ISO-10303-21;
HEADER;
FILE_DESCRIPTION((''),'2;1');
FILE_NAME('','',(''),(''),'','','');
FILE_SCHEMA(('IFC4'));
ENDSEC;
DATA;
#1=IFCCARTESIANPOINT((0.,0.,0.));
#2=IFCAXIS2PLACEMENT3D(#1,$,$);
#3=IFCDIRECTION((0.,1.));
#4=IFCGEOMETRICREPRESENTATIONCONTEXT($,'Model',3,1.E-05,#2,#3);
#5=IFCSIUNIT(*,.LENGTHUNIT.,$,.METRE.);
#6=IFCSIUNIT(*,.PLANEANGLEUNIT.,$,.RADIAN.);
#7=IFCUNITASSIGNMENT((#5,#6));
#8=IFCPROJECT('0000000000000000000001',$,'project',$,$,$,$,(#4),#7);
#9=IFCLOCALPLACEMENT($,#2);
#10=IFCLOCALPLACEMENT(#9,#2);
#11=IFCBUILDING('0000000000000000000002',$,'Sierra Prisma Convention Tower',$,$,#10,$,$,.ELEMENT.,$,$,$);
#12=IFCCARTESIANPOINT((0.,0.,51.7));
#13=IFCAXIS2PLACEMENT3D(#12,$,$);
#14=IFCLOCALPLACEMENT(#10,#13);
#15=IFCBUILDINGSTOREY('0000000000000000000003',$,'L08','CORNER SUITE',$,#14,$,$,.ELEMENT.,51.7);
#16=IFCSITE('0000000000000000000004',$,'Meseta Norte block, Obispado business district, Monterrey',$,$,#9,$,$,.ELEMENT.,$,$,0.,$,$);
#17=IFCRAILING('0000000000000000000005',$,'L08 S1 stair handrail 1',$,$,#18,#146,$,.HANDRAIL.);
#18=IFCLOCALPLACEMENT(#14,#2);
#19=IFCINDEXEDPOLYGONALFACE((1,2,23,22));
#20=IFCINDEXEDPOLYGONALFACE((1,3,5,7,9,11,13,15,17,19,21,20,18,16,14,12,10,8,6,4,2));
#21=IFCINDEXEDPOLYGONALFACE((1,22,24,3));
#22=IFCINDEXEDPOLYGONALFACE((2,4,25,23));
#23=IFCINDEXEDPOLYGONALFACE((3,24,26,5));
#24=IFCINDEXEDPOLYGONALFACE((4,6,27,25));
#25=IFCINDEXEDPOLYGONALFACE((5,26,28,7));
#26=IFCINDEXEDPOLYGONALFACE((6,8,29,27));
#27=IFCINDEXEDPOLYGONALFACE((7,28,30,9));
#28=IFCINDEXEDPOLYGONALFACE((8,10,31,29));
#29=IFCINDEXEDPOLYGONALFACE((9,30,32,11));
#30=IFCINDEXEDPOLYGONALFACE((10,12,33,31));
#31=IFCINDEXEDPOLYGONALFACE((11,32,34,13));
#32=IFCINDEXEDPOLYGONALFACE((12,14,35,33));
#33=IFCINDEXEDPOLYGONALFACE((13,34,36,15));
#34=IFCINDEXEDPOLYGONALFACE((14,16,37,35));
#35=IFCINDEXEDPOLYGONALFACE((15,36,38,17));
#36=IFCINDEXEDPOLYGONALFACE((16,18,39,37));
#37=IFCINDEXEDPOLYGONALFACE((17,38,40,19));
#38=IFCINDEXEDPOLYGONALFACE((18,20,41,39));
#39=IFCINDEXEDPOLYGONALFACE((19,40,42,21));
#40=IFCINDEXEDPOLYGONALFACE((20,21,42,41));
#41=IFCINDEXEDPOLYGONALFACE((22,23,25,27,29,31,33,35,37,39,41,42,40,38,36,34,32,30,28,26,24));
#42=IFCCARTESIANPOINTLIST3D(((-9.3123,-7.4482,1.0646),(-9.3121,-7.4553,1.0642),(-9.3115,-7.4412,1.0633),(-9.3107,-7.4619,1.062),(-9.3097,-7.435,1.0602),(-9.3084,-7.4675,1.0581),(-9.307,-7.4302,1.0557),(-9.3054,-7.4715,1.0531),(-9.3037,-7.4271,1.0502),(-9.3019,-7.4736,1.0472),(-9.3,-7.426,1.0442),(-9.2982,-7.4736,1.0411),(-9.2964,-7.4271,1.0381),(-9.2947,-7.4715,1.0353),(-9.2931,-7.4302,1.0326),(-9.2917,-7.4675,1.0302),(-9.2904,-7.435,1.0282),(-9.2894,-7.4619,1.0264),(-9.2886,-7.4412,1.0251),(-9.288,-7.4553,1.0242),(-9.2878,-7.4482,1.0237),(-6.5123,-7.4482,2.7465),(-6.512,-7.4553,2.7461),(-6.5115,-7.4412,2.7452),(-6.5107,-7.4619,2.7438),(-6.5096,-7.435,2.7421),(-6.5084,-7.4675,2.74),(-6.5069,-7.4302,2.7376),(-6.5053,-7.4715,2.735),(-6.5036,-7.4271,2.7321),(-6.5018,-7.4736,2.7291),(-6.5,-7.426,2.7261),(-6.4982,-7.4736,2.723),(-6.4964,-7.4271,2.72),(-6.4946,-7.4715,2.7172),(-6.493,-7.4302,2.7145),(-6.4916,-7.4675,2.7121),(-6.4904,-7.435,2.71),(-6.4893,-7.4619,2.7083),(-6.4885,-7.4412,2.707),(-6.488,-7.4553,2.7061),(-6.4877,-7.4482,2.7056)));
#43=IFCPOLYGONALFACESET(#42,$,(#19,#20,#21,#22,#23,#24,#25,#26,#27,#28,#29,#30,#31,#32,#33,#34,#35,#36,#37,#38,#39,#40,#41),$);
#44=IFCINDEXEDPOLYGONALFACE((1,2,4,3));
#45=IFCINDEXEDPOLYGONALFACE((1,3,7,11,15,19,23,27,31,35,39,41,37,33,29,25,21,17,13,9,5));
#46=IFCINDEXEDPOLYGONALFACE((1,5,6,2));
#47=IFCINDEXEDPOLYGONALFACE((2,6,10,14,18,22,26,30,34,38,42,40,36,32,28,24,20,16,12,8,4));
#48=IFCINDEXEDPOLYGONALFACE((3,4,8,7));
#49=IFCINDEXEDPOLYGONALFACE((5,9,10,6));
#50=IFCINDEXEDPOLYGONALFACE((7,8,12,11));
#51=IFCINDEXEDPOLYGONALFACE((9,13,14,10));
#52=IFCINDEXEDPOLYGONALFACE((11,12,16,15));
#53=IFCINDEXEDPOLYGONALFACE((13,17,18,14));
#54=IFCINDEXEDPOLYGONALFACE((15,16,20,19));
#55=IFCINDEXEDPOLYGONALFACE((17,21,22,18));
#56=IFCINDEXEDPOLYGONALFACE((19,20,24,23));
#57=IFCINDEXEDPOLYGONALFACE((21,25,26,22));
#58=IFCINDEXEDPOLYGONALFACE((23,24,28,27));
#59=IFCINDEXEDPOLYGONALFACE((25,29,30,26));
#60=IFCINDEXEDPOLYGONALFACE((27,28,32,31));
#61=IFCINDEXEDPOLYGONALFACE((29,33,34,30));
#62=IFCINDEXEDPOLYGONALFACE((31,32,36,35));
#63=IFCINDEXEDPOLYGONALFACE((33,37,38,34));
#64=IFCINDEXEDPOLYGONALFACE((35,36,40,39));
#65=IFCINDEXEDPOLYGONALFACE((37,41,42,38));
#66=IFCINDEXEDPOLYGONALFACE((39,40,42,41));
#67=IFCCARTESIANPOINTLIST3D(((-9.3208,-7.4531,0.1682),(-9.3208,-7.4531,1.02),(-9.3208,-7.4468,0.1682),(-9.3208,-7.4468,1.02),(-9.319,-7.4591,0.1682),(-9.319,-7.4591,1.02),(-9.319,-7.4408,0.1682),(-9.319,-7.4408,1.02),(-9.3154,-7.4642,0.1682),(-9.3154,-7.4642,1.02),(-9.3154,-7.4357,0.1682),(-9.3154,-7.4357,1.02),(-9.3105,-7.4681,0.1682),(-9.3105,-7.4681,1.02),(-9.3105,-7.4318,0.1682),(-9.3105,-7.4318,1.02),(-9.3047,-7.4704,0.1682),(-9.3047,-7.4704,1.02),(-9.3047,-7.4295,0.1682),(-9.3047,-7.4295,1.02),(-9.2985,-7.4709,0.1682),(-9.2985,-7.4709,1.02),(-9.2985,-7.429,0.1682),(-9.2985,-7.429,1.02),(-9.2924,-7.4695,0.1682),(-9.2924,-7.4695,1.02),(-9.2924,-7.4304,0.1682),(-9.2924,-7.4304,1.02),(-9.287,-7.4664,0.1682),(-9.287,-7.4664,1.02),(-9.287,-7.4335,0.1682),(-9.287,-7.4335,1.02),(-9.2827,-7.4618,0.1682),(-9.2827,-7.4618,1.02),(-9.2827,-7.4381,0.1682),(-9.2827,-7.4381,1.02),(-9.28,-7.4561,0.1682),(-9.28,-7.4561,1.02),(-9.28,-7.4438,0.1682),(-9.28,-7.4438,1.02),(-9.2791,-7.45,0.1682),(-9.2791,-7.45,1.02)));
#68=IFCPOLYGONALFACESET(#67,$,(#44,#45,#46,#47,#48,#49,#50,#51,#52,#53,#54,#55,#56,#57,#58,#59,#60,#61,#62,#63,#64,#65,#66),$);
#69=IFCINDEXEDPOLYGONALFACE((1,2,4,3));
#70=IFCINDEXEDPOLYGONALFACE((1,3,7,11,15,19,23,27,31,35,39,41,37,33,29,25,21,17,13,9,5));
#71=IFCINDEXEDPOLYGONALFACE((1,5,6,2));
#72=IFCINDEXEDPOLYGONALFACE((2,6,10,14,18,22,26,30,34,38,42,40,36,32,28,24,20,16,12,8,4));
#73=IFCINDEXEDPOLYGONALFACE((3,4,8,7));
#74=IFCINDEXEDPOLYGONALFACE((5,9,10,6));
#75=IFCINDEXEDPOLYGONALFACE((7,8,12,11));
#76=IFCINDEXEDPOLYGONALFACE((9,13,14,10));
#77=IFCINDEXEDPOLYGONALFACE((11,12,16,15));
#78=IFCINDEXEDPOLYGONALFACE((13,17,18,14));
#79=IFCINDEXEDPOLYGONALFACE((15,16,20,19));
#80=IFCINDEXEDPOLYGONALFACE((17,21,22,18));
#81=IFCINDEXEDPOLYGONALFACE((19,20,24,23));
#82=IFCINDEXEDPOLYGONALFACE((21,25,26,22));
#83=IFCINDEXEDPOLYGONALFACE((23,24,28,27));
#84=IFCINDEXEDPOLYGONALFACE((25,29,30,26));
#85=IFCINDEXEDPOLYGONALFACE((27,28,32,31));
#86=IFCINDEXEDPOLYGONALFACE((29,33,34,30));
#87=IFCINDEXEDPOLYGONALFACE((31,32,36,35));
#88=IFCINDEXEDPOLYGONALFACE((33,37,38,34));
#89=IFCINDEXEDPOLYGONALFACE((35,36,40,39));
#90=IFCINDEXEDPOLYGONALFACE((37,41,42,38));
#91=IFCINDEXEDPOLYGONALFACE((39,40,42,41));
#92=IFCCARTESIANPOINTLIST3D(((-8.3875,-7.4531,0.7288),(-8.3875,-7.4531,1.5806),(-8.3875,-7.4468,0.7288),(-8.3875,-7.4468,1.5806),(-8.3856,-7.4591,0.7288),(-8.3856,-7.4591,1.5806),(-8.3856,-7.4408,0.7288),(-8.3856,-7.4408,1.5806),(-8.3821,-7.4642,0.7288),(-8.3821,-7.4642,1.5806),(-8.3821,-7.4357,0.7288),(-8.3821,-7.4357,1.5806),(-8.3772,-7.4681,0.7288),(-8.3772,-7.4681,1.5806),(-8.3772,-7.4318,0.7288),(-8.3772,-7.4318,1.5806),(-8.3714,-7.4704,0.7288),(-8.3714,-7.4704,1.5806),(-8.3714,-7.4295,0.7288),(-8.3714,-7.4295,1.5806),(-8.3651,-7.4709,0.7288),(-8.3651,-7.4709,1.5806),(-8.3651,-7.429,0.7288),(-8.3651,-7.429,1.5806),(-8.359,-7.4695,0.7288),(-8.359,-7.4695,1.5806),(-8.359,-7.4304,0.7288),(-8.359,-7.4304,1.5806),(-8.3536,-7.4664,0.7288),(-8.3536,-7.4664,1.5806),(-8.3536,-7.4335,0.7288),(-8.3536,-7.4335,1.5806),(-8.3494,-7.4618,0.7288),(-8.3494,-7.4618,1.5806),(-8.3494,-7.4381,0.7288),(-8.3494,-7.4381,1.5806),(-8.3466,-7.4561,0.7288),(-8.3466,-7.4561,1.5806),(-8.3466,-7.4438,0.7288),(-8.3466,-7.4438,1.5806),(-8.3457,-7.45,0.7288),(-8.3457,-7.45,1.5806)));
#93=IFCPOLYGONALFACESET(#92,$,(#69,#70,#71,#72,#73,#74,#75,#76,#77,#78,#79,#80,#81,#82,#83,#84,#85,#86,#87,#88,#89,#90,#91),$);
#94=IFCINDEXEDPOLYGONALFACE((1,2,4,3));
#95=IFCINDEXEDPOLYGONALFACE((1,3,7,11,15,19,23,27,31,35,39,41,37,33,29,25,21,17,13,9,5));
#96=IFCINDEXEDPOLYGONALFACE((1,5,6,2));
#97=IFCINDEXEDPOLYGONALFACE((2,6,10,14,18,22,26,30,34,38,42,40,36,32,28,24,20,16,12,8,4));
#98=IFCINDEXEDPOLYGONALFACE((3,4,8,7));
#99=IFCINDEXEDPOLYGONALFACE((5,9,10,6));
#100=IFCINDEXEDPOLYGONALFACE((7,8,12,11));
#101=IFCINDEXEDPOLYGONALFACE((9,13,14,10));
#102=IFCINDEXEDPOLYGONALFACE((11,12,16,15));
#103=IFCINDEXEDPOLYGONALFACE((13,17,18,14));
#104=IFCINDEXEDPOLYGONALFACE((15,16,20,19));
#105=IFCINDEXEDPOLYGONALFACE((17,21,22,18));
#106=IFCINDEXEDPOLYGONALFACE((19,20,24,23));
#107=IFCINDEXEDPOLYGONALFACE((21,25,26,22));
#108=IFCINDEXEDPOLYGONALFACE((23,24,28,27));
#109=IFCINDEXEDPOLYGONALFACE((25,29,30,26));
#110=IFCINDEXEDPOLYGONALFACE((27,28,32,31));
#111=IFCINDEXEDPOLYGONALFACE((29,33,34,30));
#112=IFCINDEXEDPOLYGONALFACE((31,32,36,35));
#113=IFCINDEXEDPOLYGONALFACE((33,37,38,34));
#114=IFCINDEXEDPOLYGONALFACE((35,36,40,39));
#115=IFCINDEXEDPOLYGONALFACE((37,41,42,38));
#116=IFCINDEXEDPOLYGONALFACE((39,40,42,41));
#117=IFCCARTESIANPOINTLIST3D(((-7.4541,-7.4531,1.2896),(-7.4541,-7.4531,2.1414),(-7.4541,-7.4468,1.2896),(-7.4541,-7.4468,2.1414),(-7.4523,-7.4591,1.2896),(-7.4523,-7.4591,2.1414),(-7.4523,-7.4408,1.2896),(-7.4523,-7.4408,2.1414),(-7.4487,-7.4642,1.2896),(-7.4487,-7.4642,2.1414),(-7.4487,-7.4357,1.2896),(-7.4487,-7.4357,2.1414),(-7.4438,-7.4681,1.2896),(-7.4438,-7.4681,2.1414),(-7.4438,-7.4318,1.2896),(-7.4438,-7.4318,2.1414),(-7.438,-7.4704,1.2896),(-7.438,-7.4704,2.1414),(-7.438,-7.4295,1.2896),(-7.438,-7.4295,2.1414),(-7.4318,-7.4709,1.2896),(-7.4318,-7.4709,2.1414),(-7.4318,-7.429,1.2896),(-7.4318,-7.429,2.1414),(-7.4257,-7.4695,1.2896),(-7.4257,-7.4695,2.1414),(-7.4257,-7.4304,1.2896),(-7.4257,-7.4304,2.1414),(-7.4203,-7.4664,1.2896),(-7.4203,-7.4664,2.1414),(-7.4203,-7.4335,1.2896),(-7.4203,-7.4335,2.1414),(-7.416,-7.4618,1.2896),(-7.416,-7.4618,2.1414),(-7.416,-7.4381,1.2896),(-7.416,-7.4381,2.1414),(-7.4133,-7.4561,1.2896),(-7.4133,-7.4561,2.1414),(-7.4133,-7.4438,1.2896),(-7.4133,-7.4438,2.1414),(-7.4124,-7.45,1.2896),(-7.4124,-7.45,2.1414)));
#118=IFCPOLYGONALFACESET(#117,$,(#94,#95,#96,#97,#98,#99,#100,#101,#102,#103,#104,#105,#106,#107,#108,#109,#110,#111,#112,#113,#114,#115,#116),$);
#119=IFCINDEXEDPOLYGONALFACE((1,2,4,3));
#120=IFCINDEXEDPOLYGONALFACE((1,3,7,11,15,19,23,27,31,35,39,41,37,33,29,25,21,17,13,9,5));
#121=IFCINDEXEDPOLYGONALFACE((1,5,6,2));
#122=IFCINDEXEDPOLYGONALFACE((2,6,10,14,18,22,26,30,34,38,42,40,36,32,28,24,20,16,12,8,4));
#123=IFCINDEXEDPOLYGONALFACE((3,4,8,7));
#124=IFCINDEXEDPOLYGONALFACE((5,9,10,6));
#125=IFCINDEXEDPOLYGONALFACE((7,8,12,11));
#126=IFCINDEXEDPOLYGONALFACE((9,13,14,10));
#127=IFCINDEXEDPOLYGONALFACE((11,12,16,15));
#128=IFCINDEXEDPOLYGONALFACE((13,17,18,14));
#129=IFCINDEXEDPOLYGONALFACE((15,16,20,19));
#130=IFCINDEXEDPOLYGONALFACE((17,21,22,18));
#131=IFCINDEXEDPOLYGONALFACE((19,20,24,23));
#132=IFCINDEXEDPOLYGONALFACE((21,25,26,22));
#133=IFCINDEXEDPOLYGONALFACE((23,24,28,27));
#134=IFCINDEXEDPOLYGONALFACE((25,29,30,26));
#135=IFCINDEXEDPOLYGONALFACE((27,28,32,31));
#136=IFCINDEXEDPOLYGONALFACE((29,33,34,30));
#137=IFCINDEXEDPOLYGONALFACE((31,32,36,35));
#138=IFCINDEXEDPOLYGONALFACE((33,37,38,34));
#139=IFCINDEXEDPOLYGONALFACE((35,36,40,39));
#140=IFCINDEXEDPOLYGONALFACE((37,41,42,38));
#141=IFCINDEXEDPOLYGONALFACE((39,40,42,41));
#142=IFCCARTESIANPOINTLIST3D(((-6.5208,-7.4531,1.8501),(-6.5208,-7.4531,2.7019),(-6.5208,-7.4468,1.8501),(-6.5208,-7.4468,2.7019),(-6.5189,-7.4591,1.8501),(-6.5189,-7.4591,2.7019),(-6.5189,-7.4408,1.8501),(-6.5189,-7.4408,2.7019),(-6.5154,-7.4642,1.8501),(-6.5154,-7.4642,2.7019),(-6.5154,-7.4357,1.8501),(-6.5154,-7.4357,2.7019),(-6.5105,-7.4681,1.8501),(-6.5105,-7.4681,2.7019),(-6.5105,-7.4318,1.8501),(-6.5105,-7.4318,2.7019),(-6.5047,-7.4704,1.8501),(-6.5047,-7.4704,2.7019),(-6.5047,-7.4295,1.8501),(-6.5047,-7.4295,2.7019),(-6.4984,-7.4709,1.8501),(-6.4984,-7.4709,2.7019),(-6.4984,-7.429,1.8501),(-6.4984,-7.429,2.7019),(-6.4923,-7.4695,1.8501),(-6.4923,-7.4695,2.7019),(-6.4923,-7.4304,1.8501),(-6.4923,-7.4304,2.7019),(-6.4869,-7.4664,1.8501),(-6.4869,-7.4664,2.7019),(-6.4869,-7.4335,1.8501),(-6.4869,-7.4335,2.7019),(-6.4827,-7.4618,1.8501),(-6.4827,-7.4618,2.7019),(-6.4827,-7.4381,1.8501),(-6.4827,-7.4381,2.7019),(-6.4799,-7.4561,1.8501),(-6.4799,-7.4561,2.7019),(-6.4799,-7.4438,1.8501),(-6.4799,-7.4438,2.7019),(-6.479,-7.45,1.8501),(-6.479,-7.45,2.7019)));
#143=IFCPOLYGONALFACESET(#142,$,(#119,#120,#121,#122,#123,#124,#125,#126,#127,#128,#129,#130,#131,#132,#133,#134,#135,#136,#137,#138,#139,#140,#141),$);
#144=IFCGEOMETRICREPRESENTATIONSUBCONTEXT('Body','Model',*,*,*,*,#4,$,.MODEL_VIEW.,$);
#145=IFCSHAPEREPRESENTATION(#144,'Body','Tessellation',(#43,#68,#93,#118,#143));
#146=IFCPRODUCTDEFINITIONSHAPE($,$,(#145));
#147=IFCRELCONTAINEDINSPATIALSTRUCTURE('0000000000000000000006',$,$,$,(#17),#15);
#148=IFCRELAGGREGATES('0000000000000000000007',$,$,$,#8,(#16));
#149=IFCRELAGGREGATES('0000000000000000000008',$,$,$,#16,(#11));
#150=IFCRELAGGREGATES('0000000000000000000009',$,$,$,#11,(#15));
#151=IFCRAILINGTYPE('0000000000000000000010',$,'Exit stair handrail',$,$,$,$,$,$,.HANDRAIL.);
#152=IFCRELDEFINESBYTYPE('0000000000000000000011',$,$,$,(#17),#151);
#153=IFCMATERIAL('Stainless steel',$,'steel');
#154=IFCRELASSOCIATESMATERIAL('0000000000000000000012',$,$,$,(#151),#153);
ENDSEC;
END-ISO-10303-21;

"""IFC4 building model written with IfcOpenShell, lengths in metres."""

from ifc_helpers import new_model, si_unit, direction, frame, origin, origin_2d, place, context, subcontext, project, spatial, circle, extrude, material, type_object, element, save


model = new_model("IFC4")

# Units and contexts
model_context = context("Model", 3, precision=1e-05, world=origin(), true_north=direction((0.0, 1.0)))
body_context = subcontext(model_context, "Body", "Model", "MODEL_VIEW")
ifc_project = project(units=[si_unit("LENGTHUNIT", "METRE"), si_unit("PLANEANGLEUNIT", "RADIAN")], contexts=[model_context])

# Site, building, storey
site_placement = place(None, origin())
site = spatial("IfcSite", under=ifc_project, at=site_placement, Name="Meseta Norte block, Obispado business district, Monterrey", CompositionType="ELEMENT", RefElevation=0.0)
building_placement = place(site_placement, origin())
building = spatial("IfcBuilding", under=site, at=building_placement, Name="Sierra Prisma Convention Tower", CompositionType="ELEMENT")
storey_placement = place(building_placement, frame((0.0, 0.0, 51.7)))
storey = spatial("IfcBuildingStorey", under=building, at=storey_placement, Name="L08", Description="CORNER SUITE", CompositionType="ELEMENT", Elevation=51.7)

# Railing
ifc_material_1 = material(Name="Stainless steel", Category="steel")
railing_type_1 = type_object("IfcRailingType", Name="Exit stair handrail", PredefinedType="HANDRAIL", material=ifc_material_1)
railing_1_placement = place(storey_placement, frame((-9.3, -7.45, 0.1682)))
element("IfcRailing", 1, at=railing_1_placement, inside=storey, type_object=railing_type_1, Name="L08 S1 stair handrail 1", PredefinedType="HANDRAIL", context=body_context, shape_type="SweptSolid", body=[
    extrude(circle(Radius=0.0239, at=origin_2d()), frame((0.0, 0.0, 0.876), z_axis=(0.857242, 0.0, 0.514913), x_axis=(0.0, 1.0, 0.0)), (0.0, 0.0, 1.0), 3.2664),
    extrude(circle(Radius=0.021, at=origin_2d()), origin(), (0.0, 0.0, 1.0), 0.8518),
    extrude(circle(Radius=0.021, at=origin_2d()), frame((0.9333, 0.0, 0.5605)), (0.0, 0.0, 1.0), 0.8518),
    extrude(circle(Radius=0.021, at=origin_2d()), frame((1.8667, 0.0, 1.1213)), (0.0, 0.0, 1.0), 0.8518),
    extrude(circle(Radius=0.021, at=origin_2d()), frame((2.8, 0.0, 1.6819)), (0.0, 0.0, 1.0), 0.8518),
])

save(model, "model.ifc")
